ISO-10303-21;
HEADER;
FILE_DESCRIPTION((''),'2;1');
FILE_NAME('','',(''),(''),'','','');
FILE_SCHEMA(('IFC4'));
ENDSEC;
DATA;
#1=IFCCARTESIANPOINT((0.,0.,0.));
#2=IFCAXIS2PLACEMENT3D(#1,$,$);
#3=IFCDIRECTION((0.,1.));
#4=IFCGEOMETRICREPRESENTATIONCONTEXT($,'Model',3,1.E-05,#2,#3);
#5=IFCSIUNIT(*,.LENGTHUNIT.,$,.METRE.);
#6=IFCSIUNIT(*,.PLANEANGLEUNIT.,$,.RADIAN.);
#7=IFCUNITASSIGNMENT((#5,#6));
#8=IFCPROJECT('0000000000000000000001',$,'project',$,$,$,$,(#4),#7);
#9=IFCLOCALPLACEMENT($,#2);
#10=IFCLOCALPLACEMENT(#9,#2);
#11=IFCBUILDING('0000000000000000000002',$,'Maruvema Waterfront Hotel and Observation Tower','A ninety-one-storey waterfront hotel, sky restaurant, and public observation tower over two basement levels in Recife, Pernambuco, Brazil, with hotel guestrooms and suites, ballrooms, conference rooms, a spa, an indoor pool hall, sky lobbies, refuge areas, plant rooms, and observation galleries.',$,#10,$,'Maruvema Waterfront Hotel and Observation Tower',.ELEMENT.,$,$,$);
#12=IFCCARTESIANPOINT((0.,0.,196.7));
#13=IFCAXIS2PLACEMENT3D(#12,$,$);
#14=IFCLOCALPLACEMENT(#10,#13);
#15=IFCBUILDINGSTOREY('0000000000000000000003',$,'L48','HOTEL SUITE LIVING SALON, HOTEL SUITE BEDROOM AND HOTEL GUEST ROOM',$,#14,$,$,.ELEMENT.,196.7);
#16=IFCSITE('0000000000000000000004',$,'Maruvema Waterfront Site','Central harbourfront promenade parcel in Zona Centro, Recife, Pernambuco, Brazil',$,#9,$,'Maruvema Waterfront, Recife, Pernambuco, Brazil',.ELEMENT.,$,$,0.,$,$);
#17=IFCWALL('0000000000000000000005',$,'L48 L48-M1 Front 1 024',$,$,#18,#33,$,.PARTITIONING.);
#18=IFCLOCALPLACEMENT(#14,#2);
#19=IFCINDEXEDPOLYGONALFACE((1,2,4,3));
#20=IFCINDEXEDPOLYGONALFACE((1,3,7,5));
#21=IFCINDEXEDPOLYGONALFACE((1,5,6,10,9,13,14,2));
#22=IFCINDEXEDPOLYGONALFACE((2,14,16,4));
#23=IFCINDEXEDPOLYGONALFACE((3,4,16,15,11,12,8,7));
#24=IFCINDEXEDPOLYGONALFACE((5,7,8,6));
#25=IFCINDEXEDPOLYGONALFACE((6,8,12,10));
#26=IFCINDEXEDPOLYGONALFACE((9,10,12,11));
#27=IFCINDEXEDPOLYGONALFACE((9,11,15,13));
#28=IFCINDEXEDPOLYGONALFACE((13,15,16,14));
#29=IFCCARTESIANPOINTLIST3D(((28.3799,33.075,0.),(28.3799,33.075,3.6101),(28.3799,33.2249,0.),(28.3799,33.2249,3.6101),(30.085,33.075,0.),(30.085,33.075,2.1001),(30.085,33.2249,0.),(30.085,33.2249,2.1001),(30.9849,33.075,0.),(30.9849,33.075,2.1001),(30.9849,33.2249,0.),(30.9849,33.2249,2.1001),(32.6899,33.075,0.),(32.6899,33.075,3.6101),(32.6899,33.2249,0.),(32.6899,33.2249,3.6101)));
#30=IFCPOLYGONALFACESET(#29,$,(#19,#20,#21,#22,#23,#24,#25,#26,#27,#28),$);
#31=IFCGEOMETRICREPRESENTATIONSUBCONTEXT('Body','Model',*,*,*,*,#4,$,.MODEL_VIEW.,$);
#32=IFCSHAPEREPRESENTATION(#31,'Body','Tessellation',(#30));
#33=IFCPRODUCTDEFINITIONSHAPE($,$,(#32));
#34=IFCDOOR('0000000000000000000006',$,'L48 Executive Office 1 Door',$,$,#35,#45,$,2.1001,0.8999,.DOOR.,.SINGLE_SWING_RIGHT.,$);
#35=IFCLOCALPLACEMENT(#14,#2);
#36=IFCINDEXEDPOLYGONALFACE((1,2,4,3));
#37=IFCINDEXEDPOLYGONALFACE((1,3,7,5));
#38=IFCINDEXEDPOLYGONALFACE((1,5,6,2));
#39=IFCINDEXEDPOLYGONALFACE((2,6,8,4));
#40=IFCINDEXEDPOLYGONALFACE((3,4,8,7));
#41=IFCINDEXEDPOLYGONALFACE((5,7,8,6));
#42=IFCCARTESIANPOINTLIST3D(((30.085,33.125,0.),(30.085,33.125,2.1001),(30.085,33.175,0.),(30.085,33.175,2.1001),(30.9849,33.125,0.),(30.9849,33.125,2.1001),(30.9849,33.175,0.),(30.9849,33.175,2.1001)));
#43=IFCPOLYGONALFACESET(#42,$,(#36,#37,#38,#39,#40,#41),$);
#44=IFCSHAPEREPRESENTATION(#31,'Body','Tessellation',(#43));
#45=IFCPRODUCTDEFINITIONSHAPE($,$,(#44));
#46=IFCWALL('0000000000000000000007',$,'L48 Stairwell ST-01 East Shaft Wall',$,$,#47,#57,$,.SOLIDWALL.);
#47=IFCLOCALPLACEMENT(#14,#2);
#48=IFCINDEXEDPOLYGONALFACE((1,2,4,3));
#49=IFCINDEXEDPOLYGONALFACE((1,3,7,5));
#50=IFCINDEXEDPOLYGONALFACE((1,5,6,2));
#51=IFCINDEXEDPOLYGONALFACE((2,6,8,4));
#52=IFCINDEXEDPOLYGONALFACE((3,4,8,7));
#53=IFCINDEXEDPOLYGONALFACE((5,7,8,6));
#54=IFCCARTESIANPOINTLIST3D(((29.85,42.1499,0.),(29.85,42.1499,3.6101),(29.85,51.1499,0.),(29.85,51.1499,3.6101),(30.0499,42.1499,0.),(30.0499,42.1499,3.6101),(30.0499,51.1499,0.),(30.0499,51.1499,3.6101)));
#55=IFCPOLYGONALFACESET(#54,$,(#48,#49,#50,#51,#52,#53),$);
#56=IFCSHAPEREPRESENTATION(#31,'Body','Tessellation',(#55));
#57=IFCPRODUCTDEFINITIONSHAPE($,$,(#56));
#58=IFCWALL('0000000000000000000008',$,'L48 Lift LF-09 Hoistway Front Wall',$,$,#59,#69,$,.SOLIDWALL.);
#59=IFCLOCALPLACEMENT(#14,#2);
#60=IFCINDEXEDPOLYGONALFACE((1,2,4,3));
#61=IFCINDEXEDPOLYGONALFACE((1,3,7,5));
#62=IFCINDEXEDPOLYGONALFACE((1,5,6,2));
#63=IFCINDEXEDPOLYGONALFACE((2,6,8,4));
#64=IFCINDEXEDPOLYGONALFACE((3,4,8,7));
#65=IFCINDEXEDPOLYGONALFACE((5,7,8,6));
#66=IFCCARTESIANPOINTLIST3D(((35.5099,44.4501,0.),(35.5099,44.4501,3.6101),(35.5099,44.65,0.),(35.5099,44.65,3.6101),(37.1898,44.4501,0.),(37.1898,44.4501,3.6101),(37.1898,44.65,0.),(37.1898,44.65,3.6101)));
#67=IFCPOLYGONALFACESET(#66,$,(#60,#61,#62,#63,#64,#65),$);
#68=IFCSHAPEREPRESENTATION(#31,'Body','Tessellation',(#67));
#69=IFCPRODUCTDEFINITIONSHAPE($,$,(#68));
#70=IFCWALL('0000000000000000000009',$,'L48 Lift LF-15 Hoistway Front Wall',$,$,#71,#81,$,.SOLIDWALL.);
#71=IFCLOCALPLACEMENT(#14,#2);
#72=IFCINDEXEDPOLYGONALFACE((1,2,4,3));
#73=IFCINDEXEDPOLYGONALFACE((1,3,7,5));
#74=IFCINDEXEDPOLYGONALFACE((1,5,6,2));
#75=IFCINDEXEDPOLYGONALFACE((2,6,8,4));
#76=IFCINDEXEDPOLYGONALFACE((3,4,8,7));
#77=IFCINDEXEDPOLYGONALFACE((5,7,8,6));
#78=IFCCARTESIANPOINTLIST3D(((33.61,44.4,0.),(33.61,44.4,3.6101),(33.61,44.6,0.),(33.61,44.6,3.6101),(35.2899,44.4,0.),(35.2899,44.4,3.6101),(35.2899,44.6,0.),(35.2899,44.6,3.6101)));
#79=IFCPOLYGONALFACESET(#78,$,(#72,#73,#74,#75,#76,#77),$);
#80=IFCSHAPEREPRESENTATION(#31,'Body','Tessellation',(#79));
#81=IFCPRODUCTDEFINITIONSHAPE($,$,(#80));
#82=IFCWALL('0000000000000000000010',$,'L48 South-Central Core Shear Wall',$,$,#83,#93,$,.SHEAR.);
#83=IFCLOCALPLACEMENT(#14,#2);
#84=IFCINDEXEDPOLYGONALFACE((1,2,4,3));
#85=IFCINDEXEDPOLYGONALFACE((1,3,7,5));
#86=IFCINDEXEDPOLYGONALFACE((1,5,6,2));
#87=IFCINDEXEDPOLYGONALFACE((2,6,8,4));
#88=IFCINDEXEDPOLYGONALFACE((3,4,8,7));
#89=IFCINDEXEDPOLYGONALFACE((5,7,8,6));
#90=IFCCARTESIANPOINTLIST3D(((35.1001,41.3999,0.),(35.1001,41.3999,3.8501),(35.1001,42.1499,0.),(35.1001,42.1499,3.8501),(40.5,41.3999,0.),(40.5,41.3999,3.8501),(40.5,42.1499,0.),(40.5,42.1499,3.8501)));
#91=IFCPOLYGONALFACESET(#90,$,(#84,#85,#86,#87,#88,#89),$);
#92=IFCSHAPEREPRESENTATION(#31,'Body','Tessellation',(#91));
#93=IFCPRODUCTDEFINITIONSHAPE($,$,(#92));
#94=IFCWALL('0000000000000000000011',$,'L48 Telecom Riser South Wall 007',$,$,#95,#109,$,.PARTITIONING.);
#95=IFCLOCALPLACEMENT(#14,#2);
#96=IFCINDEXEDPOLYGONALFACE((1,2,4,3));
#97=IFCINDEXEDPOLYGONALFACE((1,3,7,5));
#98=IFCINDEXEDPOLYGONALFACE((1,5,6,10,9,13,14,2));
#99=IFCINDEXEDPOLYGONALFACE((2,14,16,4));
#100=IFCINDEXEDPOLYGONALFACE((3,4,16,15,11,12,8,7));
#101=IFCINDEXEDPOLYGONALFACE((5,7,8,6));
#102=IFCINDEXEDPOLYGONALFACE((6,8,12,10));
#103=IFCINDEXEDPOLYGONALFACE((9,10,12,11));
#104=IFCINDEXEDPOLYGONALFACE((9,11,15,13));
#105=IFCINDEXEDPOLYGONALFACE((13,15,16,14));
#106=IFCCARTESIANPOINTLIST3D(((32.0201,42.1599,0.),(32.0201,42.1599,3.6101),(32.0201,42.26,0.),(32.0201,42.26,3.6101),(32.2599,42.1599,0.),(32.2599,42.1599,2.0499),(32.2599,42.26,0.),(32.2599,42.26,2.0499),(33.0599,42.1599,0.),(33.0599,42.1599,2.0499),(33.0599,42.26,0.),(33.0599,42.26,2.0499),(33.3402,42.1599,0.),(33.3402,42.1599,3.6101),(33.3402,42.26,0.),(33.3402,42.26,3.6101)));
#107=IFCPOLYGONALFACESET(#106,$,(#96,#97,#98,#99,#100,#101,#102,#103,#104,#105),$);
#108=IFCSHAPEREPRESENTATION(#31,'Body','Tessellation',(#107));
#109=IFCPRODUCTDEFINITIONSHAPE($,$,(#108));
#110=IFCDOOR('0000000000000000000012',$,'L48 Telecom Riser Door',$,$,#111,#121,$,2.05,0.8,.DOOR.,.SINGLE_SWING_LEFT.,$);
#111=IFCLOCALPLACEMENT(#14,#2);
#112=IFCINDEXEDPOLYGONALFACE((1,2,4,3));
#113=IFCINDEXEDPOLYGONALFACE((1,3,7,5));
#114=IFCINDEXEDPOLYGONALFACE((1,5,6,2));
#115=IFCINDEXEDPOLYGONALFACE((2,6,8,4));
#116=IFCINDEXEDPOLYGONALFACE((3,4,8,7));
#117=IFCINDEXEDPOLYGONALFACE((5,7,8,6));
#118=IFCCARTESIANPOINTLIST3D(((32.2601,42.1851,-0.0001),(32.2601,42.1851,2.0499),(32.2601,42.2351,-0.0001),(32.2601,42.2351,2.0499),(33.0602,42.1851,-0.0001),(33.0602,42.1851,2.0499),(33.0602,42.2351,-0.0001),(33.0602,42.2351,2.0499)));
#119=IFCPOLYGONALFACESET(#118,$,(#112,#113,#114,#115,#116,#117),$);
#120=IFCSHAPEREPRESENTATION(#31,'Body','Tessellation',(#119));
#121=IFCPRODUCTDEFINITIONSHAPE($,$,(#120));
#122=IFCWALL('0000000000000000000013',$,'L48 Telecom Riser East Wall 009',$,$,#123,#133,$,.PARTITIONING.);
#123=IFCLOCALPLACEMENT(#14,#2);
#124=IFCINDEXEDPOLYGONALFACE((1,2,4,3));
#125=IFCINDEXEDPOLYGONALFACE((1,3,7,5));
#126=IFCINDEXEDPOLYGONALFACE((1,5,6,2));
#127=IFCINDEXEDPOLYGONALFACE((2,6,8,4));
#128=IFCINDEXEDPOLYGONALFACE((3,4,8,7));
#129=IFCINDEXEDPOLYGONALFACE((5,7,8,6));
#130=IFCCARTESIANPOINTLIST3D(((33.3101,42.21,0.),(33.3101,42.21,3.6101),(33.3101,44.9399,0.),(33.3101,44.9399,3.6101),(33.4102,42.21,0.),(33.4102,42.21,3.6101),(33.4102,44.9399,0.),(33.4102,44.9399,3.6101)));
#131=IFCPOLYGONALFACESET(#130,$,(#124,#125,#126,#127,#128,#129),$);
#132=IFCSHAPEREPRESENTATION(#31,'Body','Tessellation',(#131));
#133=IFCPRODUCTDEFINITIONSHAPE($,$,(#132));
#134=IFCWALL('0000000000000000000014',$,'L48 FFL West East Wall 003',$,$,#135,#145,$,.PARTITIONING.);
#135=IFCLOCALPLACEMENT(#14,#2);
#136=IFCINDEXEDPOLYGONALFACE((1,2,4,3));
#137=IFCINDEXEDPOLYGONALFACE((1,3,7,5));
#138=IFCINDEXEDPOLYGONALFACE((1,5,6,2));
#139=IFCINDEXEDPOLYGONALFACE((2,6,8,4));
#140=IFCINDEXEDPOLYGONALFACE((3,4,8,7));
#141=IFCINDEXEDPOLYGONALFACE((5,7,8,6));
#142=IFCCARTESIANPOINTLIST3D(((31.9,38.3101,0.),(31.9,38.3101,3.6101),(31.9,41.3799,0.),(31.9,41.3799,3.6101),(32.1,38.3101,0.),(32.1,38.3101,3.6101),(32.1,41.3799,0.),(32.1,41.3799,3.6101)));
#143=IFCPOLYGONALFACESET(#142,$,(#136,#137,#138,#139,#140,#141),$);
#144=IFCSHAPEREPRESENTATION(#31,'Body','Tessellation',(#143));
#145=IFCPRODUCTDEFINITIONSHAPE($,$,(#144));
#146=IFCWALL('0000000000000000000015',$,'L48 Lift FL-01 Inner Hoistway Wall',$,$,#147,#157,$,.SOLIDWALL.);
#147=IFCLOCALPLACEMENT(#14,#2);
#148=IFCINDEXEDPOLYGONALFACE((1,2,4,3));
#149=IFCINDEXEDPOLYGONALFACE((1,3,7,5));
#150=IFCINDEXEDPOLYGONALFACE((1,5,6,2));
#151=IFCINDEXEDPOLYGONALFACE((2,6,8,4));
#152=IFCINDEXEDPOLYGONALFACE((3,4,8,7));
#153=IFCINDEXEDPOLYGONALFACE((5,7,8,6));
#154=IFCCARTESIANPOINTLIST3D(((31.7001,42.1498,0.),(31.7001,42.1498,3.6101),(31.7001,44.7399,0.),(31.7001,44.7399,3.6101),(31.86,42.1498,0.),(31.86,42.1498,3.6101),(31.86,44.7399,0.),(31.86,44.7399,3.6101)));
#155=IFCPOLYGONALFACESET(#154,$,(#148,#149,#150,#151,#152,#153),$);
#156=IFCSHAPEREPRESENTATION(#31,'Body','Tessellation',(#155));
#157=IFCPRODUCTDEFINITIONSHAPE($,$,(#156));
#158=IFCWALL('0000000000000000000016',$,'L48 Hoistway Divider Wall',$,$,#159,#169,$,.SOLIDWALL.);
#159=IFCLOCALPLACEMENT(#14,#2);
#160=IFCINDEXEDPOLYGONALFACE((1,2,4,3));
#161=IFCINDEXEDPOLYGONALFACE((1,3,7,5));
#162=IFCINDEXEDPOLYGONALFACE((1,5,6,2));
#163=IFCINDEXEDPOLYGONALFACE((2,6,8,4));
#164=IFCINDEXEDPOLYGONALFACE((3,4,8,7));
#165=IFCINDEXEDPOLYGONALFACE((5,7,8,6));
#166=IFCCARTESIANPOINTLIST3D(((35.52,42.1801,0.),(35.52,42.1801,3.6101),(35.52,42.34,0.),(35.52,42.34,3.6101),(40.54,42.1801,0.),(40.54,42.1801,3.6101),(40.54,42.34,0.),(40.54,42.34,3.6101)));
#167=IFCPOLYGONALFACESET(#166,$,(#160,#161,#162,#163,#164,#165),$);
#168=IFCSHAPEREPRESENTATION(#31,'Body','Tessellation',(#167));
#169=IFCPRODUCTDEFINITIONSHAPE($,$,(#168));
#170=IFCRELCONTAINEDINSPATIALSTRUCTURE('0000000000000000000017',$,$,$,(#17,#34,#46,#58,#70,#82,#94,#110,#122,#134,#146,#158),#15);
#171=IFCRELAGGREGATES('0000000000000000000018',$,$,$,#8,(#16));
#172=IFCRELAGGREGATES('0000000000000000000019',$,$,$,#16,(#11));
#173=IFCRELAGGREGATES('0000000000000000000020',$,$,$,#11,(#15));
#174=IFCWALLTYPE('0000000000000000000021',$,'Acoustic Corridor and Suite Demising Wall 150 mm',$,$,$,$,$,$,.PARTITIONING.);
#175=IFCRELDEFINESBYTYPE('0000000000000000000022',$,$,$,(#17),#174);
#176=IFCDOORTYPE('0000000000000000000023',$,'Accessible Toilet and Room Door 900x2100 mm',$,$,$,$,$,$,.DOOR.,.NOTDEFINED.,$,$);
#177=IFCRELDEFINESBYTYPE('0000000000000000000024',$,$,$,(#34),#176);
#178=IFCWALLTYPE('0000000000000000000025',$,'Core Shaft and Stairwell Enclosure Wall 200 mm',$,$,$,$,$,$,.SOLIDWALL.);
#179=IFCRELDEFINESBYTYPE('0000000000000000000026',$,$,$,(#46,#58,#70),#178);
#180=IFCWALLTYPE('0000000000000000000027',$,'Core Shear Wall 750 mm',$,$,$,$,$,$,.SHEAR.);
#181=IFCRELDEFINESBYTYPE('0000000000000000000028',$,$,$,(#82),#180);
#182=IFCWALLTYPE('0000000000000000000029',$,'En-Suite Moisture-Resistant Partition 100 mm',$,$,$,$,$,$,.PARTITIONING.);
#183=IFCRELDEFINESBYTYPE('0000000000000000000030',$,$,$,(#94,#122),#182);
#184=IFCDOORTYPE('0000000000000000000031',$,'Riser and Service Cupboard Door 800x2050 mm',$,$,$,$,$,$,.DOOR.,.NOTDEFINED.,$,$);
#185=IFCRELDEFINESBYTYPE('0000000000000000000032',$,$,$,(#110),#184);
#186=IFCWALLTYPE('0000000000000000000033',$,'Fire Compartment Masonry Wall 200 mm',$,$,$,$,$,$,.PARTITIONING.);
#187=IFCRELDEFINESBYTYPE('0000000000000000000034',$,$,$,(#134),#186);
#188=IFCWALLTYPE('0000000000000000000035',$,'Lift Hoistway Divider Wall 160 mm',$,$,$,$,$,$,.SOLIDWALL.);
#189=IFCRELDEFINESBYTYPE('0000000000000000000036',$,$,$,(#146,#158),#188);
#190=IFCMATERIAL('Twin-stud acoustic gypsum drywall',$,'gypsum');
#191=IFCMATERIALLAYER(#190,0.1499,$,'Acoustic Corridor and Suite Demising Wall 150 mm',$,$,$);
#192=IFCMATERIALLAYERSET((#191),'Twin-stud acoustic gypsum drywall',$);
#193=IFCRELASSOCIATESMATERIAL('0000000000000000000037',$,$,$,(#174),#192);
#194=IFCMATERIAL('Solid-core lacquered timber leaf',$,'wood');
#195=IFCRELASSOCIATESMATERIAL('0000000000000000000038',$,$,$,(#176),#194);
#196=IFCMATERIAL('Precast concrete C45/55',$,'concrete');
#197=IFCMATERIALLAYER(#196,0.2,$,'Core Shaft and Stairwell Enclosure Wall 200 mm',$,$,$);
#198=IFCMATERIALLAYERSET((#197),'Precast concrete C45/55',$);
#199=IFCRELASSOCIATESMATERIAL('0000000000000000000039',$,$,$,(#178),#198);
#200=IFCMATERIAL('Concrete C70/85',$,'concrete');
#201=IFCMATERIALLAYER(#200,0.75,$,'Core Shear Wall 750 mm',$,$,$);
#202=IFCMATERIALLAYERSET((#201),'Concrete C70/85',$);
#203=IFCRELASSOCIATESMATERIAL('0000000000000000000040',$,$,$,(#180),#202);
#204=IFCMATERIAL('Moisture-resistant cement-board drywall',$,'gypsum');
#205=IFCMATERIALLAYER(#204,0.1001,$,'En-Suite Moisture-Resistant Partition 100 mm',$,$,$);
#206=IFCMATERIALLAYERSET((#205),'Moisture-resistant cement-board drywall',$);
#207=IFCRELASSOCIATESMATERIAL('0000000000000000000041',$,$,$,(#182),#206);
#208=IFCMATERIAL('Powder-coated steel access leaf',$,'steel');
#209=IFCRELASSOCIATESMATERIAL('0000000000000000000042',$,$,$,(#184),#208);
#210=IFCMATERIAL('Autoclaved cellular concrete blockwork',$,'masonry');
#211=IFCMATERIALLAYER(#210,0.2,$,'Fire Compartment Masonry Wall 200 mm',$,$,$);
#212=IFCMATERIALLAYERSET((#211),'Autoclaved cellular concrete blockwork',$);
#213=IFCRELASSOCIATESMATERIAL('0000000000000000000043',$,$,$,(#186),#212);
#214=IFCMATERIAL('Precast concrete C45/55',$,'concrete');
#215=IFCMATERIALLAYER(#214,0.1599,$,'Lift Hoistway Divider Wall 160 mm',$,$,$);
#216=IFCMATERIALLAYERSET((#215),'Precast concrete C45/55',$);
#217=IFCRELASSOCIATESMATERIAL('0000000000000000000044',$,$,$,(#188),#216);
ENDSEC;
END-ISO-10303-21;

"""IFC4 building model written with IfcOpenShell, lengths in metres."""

from ifc_helpers import new_model, si_unit, direction, frame, frame_2d, origin, place, context, subcontext, project, spatial, rectangle, extrude, material, layer, layer_set, type_object, element, fill, save


model = new_model("IFC4")

# Units and contexts
model_context = context("Model", 3, precision=1e-05, world=origin(), true_north=direction((0.0, 1.0)))
body_context = subcontext(model_context, "Body", "Model", "MODEL_VIEW")
ifc_project = project(units=[si_unit("LENGTHUNIT", "METRE"), si_unit("PLANEANGLEUNIT", "RADIAN")], contexts=[model_context])

# Site, building, storey
site_placement = place(None, origin())
site = spatial("IfcSite", under=ifc_project, at=site_placement, Name="Maruvema Waterfront Site", Description="Central harbourfront promenade parcel in Zona Centro, Recife, Pernambuco, Brazil", LongName="Maruvema Waterfront, Recife, Pernambuco, Brazil", CompositionType="ELEMENT", RefElevation=0.0)
building_placement = place(site_placement, origin())
building = spatial("IfcBuilding", under=site, at=building_placement, Name="Maruvema Waterfront Hotel and Observation Tower", Description="A ninety-one-storey waterfront hotel, sky restaurant, and public observation tower over two basement levels in Recife, Pernambuco, Brazil, with hotel guestrooms and suites, ballrooms, conference rooms, a spa, an indoor pool hall, sky lobbies, refuge areas, plant rooms, and observation galleries.", LongName="Maruvema Waterfront Hotel and Observation Tower", CompositionType="ELEMENT")
storey_placement = place(building_placement, frame((0.0, 0.0, 196.7)))
storey = spatial("IfcBuildingStorey", under=building, at=storey_placement, Name="L48", Description="HOTEL SUITE LIVING SALON, HOTEL SUITE BEDROOM AND HOTEL GUEST ROOM", CompositionType="ELEMENT", Elevation=196.7)

# Shared definitions
ifc_material_1 = material(Name="Twin-stud acoustic gypsum drywall", Category="gypsum")
ifc_layer_1 = layer(ifc_material_1, 0.1499, Name="Acoustic Corridor and Suite Demising Wall 150 mm")
ifc_layer_set_1 = layer_set([ifc_layer_1], Name="Twin-stud acoustic gypsum drywall")
wall_type_1 = type_object("IfcWallType", Name="Acoustic Corridor and Suite Demising Wall 150 mm", PredefinedType="PARTITIONING", material=ifc_layer_set_1)
ifc_material_2 = material(Name="Solid-core lacquered timber leaf", Category="wood")
door_type_1 = type_object("IfcDoorType", Name="Accessible Toilet and Room Door 900x2100 mm", OperationType="NOTDEFINED", PredefinedType="DOOR", material=ifc_material_2)

# Wall, opening, door
wall_1_placement = place(storey_placement, frame((28.3799, 33.1499, 0.0), z_axis=(0.0, 0.0, 1.0), x_axis=(1.0, 0.0, 0.0)))
wall_1 = element("IfcWall", 1, at=wall_1_placement, inside=storey, type_object=wall_type_1, Name="L48 L48-M1 Front 1 024", PredefinedType="PARTITIONING", context=body_context, shape_type="SweptSolid", body=[
    extrude(rectangle(XDim=4.3101, YDim=0.1499, at=frame_2d((2.155, 0.0))), origin(), (0.0, 0.0, 1.0), 3.6101),
])
opening_1_placement = place(wall_1_placement, frame((1.7051, 0.0, 0.0)))
opening_1 = element("IfcOpeningElement", 2, at=opening_1_placement, cuts=wall_1, PredefinedType="OPENING", context=body_context, shape_type="SweptSolid", body=[
    extrude(rectangle(XDim=0.8999, YDim=2.1001, at=frame_2d((0.45, 1.05))), frame((0.0, 0.085, 0.0), z_axis=(0.0, -1.0, 0.0), x_axis=(1.0, 0.0, 0.0)), (0.0, 0.0, 1.0), 0.1699),
])
door_1_placement = place(opening_1_placement, frame((0.8999, 0.0, 0.0), z_axis=(0.0, 0.0, 1.0), x_axis=(-1.0, 0.0, 0.0)))
door_1 = element("IfcDoor", 3, at=door_1_placement, inside=storey, type_object=door_type_1, Name="L48 Executive Office 1 Door", OperationType="SINGLE_SWING_RIGHT", OverallHeight=2.1001, OverallWidth=0.8999, PredefinedType="DOOR", context=body_context, shape_type="SweptSolid", body=[
    extrude(rectangle(XDim=0.8999, YDim=2.1001, at=frame_2d((0.45, 1.05))), frame((0.0, 0.0249, 0.0), z_axis=(0.0, -1.0, 0.0), x_axis=(1.0, 0.0, 0.0)), (0.0, 0.0, 1.0), 0.05),
])
fill(opening_1, door_1)

# Walls
ifc_material_3 = material(Name="Precast concrete C45/55", Category="concrete")
ifc_layer_2 = layer(ifc_material_3, 0.2, Name="Core Shaft and Stairwell Enclosure Wall 200 mm")
ifc_layer_set_2 = layer_set([ifc_layer_2], Name="Precast concrete C45/55")
wall_type_2 = type_object("IfcWallType", Name="Core Shaft and Stairwell Enclosure Wall 200 mm", PredefinedType="SOLIDWALL", material=ifc_layer_set_2)
wall_2_placement = place(storey_placement, frame((29.95, 42.1499, 0.0), z_axis=(0.0, 0.0, 1.0), x_axis=(0.0, 1.0, 0.0)))
element("IfcWall", 4, at=wall_2_placement, inside=storey, type_object=wall_type_2, Name="L48 Stairwell ST-01 East Shaft Wall", PredefinedType="SOLIDWALL", context=body_context, shape_type="SweptSolid", body=[
    extrude(rectangle(XDim=9.0, YDim=0.2, at=frame_2d((4.5, 0.0))), origin(), (0.0, 0.0, 1.0), 3.6101),
])
for number, where, z_axis, x_axis, name in (
    (5, (35.51, 44.55, 0.0), (0.0, 0.0, 1.0), (1.0, 0.0, 0.0), "L48 Lift LF-09 Hoistway Front Wall"),
    (6, (33.6101, 44.5, 0.0), (0.0, 0.0, 1.0), (1.0, 0.0, 0.0), "L48 Lift LF-15 Hoistway Front Wall"),
):
    element("IfcWall", number, at=place(storey_placement, frame(where, z_axis=z_axis, x_axis=x_axis)), inside=storey, type_object=wall_type_2, Name=name, PredefinedType="SOLIDWALL", context=body_context, shape_type="SweptSolid", body=[
        extrude(rectangle(XDim=1.6799, YDim=0.2, at=frame_2d((0.8398, 0.0))), origin(), (0.0, 0.0, 1.0), 3.6101),
    ])
ifc_material_4 = material(Name="Concrete C70/85", Category="concrete")
ifc_layer_3 = layer(ifc_material_4, 0.75, Name="Core Shear Wall 750 mm")
ifc_layer_set_3 = layer_set([ifc_layer_3], Name="Concrete C70/85")
wall_type_3 = type_object("IfcWallType", Name="Core Shear Wall 750 mm", PredefinedType="SHEAR", material=ifc_layer_set_3)
wall_3_placement = place(storey_placement, frame((35.1001, 41.7749, 0.0), z_axis=(0.0, 0.0, 1.0), x_axis=(1.0, 0.0, 0.0)))
element("IfcWall", 7, at=wall_3_placement, inside=storey, type_object=wall_type_3, Name="L48 South-Central Core Shear Wall", PredefinedType="SHEAR", context=body_context, shape_type="SweptSolid", body=[
    extrude(rectangle(XDim=5.3999, YDim=0.75, at=frame_2d((2.7, 0.0))), origin(), (0.0, 0.0, 1.0), 3.8501),
])

# Wall, opening, door
ifc_material_5 = material(Name="Moisture-resistant cement-board drywall", Category="gypsum")
ifc_layer_4 = layer(ifc_material_5, 0.1001, Name="En-Suite Moisture-Resistant Partition 100 mm")
ifc_layer_set_4 = layer_set([ifc_layer_4], Name="Moisture-resistant cement-board drywall")
wall_type_4 = type_object("IfcWallType", Name="En-Suite Moisture-Resistant Partition 100 mm", PredefinedType="PARTITIONING", material=ifc_layer_set_4)
wall_4_placement = place(storey_placement, frame((32.02, 42.21, 0.0), z_axis=(0.0, 0.0, 1.0), x_axis=(1.0, 0.0, 0.0)))
wall_4 = element("IfcWall", 8, at=wall_4_placement, inside=storey, type_object=wall_type_4, Name="L48 Telecom Riser South Wall 007", PredefinedType="PARTITIONING", context=body_context, shape_type="SweptSolid", body=[
    extrude(rectangle(XDim=1.3201, YDim=0.1001, at=frame_2d((0.6602, 0.0))), origin(), (0.0, 0.0, 1.0), 3.6101),
])
opening_2_placement = place(wall_4_placement, frame((0.24, 0.0, 0.0)))
opening_2 = element("IfcOpeningElement", 9, at=opening_2_placement, cuts=wall_4, PredefinedType="OPENING", context=body_context, shape_type="SweptSolid", body=[
    extrude(rectangle(XDim=0.8, YDim=2.05, at=frame_2d((0.3999, 1.0249))), frame((0.0, 0.0601, 0.0), z_axis=(0.0, -1.0, 0.0), x_axis=(1.0, 0.0, 0.0)), (0.0, 0.0, 1.0), 0.1201),
])
ifc_material_6 = material(Name="Powder-coated steel access leaf", Category="steel")
door_type_2 = type_object("IfcDoorType", Name="Riser and Service Cupboard Door 800x2050 mm", OperationType="NOTDEFINED", PredefinedType="DOOR", material=ifc_material_6)
door_2_placement = place(opening_2_placement, frame((0.8, 0.0, 0.0), z_axis=(0.0, 0.0, 1.0), x_axis=(-1.0, 0.0, 0.0)))
door_2 = element("IfcDoor", 10, at=door_2_placement, inside=storey, type_object=door_type_2, Name="L48 Telecom Riser Door", OperationType="SINGLE_SWING_LEFT", OverallHeight=2.05, OverallWidth=0.8, PredefinedType="DOOR", context=body_context, shape_type="SweptSolid", body=[
    extrude(rectangle(XDim=0.8, YDim=2.05, at=frame_2d((0.3999, 1.0249))), frame((0.0, 0.0249, 0.0), z_axis=(0.0, -1.0, 0.0), x_axis=(1.0, 0.0, 0.0)), (0.0, 0.0, 1.0), 0.05),
])
fill(opening_2, door_2)

# Walls
wall_5_placement = place(storey_placement, frame((33.3601, 42.21, 0.0), z_axis=(0.0, 0.0, 1.0), x_axis=(0.0, 1.0, 0.0)))
element("IfcWall", 11, at=wall_5_placement, inside=storey, type_object=wall_type_4, Name="L48 Telecom Riser East Wall 009", PredefinedType="PARTITIONING", context=body_context, shape_type="SweptSolid", body=[
    extrude(rectangle(XDim=2.73, YDim=0.1001, at=frame_2d((1.365, 0.0))), origin(), (0.0, 0.0, 1.0), 3.6101),
])
ifc_material_7 = material(Name="Autoclaved cellular concrete blockwork", Category="masonry")
ifc_layer_5 = layer(ifc_material_7, 0.2, Name="Fire Compartment Masonry Wall 200 mm")
ifc_layer_set_5 = layer_set([ifc_layer_5], Name="Autoclaved cellular concrete blockwork")
wall_type_5 = type_object("IfcWallType", Name="Fire Compartment Masonry Wall 200 mm", PredefinedType="PARTITIONING", material=ifc_layer_set_5)
wall_6_placement = place(storey_placement, frame((32.0, 38.3101, 0.0), z_axis=(0.0, 0.0, 1.0), x_axis=(0.0, 1.0, 0.0)))
element("IfcWall", 12, at=wall_6_placement, inside=storey, type_object=wall_type_5, Name="L48 FFL West East Wall 003", PredefinedType="PARTITIONING", context=body_context, shape_type="SweptSolid", body=[
    extrude(rectangle(XDim=3.0698, YDim=0.2, at=frame_2d((1.5349, 0.0))), origin(), (0.0, 0.0, 1.0), 3.6101),
])
ifc_material_8 = material(Name="Precast concrete C45/55", Category="concrete")
ifc_layer_6 = layer(ifc_material_8, 0.1599, Name="Lift Hoistway Divider Wall 160 mm")
ifc_layer_set_6 = layer_set([ifc_layer_6], Name="Precast concrete C45/55")
wall_type_6 = type_object("IfcWallType", Name="Lift Hoistway Divider Wall 160 mm", PredefinedType="SOLIDWALL", material=ifc_layer_set_6)
wall_7_placement = place(storey_placement, frame((31.78, 42.1499, 0.0), z_axis=(0.0, 0.0, 1.0), x_axis=(0.0, 1.0, 0.0)))
element("IfcWall", 13, at=wall_7_placement, inside=storey, type_object=wall_type_6, Name="L48 Lift FL-01 Inner Hoistway Wall", PredefinedType="SOLIDWALL", context=body_context, shape_type="SweptSolid", body=[
    extrude(rectangle(XDim=2.5901, YDim=0.1599, at=frame_2d((1.2949, 0.0))), origin(), (0.0, 0.0, 1.0), 3.6101),
])
wall_8_placement = place(storey_placement, frame((35.52, 42.26, 0.0), z_axis=(0.0, 0.0, 1.0), x_axis=(1.0, 0.0, 0.0)))
element("IfcWall", 14, at=wall_8_placement, inside=storey, type_object=wall_type_6, Name="L48 Hoistway Divider Wall", PredefinedType="SOLIDWALL", context=body_context, shape_type="SweptSolid", body=[
    extrude(rectangle(XDim=5.02, YDim=0.1599, at=frame_2d((2.51, 0.0))), origin(), (0.0, 0.0, 1.0), 3.6101),
])

save(model, "model.ifc")
